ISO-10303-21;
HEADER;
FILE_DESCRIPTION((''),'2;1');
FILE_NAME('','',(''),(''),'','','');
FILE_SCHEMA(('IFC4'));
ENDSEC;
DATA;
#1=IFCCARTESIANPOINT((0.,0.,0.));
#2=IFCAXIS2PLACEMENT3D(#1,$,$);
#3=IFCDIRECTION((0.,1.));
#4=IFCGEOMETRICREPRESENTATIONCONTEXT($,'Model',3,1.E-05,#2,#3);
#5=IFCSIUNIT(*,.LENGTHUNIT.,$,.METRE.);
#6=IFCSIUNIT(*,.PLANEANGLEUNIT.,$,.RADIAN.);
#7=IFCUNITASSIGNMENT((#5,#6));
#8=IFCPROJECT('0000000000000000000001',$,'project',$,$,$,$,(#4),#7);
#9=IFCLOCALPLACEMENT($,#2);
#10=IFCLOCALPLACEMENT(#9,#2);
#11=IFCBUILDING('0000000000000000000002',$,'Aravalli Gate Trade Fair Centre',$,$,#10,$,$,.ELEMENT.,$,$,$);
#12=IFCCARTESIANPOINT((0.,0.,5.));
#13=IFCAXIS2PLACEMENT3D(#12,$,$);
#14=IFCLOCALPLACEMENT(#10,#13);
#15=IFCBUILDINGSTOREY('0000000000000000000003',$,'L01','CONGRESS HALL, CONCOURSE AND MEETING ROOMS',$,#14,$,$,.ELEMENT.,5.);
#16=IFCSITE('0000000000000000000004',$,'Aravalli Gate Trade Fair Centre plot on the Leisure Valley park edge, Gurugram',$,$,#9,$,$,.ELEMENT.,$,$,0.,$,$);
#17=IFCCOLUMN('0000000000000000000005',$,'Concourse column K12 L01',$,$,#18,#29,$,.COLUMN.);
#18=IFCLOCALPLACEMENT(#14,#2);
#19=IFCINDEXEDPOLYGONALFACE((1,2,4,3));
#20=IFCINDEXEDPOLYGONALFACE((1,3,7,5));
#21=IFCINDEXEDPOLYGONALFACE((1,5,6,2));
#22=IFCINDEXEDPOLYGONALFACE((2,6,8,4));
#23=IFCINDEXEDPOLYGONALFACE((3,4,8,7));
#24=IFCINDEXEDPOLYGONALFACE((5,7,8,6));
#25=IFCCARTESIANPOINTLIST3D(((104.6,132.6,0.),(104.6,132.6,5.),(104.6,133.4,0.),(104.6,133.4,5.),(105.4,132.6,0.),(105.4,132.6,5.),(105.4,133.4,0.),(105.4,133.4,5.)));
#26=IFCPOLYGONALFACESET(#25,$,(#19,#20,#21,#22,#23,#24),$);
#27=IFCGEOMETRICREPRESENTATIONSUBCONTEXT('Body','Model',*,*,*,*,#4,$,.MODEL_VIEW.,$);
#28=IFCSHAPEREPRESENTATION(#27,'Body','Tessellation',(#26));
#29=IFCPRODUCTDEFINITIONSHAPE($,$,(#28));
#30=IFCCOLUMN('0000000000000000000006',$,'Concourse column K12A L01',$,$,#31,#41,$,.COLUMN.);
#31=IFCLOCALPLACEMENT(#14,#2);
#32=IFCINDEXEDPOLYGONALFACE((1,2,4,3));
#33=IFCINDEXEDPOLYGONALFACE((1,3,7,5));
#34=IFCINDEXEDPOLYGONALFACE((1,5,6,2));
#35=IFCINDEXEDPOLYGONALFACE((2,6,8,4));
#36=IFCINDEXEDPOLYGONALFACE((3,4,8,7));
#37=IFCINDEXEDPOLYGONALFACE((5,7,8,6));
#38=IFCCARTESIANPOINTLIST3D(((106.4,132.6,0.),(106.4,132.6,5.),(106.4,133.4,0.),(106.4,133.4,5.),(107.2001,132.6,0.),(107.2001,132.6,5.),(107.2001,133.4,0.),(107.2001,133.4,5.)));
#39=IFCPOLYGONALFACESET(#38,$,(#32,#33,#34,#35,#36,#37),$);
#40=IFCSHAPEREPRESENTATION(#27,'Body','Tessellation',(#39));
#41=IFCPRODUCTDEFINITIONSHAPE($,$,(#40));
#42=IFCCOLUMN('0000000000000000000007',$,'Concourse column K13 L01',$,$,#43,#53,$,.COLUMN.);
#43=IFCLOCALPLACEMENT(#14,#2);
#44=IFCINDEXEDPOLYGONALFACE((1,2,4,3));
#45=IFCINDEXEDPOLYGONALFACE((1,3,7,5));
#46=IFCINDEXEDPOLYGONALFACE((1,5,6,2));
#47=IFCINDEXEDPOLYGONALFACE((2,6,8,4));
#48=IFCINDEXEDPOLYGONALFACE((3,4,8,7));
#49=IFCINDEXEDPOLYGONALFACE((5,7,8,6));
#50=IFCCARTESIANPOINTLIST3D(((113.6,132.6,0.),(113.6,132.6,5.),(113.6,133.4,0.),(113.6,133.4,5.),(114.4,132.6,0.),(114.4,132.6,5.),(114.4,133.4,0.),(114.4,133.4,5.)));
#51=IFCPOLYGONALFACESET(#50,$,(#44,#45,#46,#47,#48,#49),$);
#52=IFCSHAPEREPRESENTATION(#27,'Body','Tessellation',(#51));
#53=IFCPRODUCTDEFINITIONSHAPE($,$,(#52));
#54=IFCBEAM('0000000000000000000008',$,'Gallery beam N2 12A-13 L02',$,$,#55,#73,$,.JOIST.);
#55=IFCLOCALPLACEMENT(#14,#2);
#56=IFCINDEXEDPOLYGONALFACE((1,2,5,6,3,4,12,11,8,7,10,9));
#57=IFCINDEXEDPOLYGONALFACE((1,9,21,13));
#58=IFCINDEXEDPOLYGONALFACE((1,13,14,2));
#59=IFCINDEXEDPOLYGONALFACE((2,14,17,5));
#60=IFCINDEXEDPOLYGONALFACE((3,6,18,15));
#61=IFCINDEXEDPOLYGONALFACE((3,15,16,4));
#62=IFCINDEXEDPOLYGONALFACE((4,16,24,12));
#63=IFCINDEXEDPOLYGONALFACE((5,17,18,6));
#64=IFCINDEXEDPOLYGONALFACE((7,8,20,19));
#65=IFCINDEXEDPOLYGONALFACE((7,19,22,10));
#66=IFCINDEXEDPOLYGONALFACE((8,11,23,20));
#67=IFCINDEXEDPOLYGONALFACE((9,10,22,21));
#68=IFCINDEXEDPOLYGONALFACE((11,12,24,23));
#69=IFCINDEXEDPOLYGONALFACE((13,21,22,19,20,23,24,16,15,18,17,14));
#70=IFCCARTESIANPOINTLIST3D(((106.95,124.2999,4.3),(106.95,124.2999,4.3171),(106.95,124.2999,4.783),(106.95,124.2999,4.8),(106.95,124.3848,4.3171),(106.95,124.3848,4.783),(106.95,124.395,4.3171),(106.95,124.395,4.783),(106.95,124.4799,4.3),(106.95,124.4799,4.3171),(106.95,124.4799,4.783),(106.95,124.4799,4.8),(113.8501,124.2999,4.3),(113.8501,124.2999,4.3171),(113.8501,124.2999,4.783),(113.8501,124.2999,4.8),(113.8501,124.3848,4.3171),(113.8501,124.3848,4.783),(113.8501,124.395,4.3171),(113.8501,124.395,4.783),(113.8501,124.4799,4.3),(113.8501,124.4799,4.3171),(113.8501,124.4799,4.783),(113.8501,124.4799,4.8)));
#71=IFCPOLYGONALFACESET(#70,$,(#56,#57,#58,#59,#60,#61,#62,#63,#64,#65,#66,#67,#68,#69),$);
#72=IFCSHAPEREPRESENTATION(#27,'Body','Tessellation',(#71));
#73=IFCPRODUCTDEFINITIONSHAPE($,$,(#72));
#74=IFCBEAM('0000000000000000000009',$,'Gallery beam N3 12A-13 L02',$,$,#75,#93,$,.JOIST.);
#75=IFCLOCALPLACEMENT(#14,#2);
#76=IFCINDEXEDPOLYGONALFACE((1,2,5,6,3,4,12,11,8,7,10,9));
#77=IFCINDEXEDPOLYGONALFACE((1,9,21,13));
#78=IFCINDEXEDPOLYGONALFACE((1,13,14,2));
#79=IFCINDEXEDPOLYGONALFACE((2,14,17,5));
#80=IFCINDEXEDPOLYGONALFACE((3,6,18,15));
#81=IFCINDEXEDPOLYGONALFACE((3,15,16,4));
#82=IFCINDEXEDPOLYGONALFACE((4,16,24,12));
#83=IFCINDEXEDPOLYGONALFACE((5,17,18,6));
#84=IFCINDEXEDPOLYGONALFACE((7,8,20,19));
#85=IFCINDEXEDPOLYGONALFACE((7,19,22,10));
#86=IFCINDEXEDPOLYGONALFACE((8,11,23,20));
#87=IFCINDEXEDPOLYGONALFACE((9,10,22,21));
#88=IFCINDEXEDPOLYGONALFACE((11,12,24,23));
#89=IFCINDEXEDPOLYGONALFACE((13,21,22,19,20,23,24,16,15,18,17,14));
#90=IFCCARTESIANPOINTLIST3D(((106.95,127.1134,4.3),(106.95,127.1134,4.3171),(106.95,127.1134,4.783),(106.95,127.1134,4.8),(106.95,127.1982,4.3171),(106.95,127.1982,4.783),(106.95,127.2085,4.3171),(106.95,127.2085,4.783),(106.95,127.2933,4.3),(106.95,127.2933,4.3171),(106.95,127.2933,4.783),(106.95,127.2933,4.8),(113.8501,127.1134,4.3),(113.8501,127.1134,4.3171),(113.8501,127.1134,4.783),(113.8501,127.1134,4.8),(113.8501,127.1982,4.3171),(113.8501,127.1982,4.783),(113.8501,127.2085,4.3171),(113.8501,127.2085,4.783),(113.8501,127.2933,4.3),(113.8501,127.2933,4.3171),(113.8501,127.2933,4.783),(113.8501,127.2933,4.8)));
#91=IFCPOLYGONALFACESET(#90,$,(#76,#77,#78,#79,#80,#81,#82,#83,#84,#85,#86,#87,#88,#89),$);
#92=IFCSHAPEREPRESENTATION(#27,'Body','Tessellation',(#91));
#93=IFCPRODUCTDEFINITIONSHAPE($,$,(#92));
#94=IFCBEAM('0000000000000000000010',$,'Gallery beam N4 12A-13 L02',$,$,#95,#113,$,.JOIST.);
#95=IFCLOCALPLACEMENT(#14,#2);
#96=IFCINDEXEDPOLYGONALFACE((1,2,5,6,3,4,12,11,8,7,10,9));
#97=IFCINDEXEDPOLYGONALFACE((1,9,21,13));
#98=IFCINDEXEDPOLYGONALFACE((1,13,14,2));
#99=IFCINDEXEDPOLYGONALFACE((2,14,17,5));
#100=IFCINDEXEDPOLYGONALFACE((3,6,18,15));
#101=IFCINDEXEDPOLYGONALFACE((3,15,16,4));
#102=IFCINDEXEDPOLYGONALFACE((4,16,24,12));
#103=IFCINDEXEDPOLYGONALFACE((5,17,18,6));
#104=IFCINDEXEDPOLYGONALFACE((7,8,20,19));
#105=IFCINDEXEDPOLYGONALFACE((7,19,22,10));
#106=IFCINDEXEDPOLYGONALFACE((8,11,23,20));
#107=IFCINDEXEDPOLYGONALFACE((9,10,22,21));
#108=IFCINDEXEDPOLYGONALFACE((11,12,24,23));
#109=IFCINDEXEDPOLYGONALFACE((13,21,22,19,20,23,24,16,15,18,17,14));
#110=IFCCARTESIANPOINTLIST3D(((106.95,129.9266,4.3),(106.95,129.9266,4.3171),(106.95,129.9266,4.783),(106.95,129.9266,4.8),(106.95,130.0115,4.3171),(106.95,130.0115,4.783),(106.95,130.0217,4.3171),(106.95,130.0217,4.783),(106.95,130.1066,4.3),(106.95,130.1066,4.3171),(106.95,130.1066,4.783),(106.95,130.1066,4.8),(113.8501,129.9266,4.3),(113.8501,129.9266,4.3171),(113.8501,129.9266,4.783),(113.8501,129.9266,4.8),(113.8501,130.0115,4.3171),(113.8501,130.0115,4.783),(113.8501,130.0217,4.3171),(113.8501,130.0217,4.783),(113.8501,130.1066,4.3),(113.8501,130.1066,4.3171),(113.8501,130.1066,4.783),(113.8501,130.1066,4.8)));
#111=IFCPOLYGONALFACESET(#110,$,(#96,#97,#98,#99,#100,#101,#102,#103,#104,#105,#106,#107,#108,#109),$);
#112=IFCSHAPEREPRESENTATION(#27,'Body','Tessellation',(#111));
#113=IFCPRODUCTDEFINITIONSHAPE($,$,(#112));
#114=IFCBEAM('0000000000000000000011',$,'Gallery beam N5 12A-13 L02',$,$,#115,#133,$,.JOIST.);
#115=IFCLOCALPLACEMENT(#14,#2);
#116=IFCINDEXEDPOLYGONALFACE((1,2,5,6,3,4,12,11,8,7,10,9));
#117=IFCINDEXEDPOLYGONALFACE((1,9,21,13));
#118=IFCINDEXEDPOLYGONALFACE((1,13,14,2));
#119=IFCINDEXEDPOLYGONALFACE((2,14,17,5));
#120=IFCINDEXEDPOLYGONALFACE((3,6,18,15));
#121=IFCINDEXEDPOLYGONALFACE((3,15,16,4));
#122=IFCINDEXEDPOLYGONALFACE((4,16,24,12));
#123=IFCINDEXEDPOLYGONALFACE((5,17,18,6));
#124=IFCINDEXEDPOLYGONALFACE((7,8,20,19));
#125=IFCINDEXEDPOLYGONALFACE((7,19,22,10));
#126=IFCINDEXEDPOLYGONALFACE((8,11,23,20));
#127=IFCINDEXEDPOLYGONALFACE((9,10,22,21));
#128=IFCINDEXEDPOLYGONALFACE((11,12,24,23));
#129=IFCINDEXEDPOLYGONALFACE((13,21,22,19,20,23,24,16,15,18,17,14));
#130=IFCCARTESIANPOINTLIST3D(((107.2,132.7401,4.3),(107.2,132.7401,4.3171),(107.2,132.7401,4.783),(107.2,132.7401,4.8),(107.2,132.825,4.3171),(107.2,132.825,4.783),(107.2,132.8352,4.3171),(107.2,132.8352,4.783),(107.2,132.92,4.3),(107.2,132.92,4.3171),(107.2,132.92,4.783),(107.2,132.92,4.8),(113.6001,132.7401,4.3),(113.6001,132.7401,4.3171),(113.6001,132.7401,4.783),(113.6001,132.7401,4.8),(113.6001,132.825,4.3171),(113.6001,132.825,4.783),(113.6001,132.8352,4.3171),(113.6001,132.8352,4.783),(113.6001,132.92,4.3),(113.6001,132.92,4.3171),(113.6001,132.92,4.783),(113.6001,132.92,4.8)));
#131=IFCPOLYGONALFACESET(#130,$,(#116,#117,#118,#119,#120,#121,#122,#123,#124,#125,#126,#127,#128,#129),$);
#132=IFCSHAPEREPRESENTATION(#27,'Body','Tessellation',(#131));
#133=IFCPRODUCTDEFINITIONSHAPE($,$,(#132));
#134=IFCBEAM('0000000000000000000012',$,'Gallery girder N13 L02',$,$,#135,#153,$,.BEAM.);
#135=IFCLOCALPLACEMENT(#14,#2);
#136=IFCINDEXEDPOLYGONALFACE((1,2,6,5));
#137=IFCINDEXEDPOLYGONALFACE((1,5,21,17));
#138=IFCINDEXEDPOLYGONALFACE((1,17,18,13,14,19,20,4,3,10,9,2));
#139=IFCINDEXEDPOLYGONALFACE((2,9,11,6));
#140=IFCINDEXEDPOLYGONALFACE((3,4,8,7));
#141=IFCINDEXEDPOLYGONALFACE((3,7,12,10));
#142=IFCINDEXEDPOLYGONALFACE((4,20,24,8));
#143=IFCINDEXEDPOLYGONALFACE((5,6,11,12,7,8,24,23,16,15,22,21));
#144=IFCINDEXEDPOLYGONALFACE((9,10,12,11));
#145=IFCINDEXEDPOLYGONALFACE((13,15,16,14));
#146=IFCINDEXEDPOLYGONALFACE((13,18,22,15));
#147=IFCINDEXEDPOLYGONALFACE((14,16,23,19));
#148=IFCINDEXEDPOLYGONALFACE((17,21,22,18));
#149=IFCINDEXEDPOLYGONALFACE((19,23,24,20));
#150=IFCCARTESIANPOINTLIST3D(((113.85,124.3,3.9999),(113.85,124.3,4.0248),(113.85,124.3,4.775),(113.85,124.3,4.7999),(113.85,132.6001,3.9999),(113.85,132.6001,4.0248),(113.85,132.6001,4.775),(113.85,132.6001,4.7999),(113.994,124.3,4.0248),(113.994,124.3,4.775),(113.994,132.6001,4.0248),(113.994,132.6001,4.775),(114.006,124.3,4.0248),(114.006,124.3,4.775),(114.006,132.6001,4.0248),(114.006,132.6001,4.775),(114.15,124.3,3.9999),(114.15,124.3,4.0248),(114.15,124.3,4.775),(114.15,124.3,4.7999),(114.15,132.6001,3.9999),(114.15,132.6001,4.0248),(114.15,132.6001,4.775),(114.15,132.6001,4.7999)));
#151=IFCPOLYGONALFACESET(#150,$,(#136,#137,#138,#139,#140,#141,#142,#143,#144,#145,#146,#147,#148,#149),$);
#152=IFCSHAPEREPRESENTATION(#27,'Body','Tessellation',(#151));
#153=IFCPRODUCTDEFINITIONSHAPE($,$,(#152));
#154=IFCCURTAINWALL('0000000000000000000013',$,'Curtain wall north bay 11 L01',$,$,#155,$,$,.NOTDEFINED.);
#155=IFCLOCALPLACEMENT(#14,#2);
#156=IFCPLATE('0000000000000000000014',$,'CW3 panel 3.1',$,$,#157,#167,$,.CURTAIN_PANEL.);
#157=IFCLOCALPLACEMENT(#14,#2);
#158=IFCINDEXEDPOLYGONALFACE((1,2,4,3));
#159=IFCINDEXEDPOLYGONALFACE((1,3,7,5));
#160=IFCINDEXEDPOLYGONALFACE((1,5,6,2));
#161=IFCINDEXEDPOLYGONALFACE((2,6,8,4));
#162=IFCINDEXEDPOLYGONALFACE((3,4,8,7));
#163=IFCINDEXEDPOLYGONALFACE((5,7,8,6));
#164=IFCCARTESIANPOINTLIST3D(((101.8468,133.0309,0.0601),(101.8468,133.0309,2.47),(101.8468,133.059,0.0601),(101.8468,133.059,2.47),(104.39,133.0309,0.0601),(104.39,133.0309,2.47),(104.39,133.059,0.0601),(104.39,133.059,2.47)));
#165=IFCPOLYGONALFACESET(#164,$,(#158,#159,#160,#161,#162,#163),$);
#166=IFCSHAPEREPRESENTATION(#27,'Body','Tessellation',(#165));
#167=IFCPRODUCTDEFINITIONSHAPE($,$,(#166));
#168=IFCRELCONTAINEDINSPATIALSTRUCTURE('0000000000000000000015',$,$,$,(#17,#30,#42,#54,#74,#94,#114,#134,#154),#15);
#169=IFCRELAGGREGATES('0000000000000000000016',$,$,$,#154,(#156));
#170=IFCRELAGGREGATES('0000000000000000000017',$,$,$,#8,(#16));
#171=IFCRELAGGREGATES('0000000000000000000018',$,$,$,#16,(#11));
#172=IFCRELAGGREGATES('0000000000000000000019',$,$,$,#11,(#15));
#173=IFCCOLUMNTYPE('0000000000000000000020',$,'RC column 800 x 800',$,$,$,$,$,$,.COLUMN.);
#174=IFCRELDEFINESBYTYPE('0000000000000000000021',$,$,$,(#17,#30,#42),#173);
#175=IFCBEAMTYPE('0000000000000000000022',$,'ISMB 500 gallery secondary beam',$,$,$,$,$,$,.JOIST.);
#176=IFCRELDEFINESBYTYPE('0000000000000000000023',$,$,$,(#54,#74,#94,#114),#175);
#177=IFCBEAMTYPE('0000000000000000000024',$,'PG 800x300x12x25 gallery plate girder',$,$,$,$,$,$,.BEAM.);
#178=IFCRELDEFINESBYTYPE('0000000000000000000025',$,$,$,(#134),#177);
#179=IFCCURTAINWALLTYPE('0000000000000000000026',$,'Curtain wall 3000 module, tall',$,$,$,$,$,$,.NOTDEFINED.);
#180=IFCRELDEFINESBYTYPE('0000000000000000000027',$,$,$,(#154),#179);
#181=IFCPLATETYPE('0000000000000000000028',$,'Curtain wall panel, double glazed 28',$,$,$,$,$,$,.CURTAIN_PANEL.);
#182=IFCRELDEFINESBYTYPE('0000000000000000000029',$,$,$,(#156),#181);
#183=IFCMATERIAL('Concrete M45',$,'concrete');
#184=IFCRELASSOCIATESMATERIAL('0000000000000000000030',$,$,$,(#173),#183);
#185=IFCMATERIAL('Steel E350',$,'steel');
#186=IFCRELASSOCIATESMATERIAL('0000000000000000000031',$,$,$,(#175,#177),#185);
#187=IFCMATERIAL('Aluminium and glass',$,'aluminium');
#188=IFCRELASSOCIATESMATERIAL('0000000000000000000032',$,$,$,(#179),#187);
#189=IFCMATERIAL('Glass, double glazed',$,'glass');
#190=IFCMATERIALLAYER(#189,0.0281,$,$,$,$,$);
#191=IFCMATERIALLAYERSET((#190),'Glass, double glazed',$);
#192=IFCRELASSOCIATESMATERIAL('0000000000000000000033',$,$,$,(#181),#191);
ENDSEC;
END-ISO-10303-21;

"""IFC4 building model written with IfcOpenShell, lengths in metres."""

from ifc_helpers import new_model, si_unit, direction, frame, origin, origin_2d, place, context, subcontext, project, spatial, rectangle, i_section, extrude, material, layer, layer_set, material_profile, profile_set, type_object, element, aggregate, save


model = new_model("IFC4")

# Units and contexts
model_context = context("Model", 3, precision=1e-05, world=origin(), true_north=direction((0.0, 1.0)))
body_context = subcontext(model_context, "Body", "Model", "MODEL_VIEW")
ifc_project = project(units=[si_unit("LENGTHUNIT", "METRE"), si_unit("PLANEANGLEUNIT", "RADIAN")], contexts=[model_context])

# Site, building, storey
site_placement = place(None, origin())
site = spatial("IfcSite", under=ifc_project, at=site_placement, Name="Aravalli Gate Trade Fair Centre plot on the Leisure Valley park edge, Gurugram", CompositionType="ELEMENT", RefElevation=0.0)
building_placement = place(site_placement, origin())
building = spatial("IfcBuilding", under=site, at=building_placement, Name="Aravalli Gate Trade Fair Centre", CompositionType="ELEMENT")
storey_placement = place(building_placement, frame((0.0, 0.0, 5.0)))
storey = spatial("IfcBuildingStorey", under=building, at=storey_placement, Name="L01", Description="CONGRESS HALL, CONCOURSE AND MEETING ROOMS", CompositionType="ELEMENT", Elevation=5.0)

# Columns
ifc_material_1 = material(Name="Concrete M45", Category="concrete")
ifc_material_profile_1 = material_profile(ifc_material_1, rectangle(XDim=0.8, YDim=0.8, at=origin_2d()), Name="RC column 800 x 800")
ifc_profile_set_1 = profile_set([ifc_material_profile_1], Name="Concrete M45")
column_type = type_object("IfcColumnType", Name="RC column 800 x 800", PredefinedType="COLUMN", material=ifc_profile_set_1)
for number, where, z_axis, x_axis, name in (
    (1, (105.0, 133.0, 0.0), (0.0, 0.0, 1.0), (1.0, 0.0, 0.0), "Concourse column K12 L01"),
    (2, (106.8, 133.0, 0.0), (0.0, 0.0, 1.0), (1.0, 0.0, 0.0), "Concourse column K12A L01"),
    (3, (114.0, 133.0, 0.0), (0.0, 0.0, 1.0), (1.0, 0.0, 0.0), "Concourse column K13 L01"),
):
    element("IfcColumn", number, at=place(storey_placement, frame(where, z_axis=z_axis, x_axis=x_axis)), inside=storey, type_object=column_type, Name=name, PredefinedType="COLUMN", context=body_context, shape_type="SweptSolid", body=[
        extrude(rectangle(XDim=0.8, YDim=0.8, at=origin_2d()), origin(), (0.0, 0.0, 1.0), 5.0),
    ])

# Beams
ifc_material_2 = material(Name="Steel E350", Category="steel")
ifc_material_profile_2 = material_profile(ifc_material_2, i_section(OverallWidth=0.1799, OverallDepth=0.5, WebThickness=0.0103, FlangeThickness=0.0171, at=origin_2d()), Name="ISMB 500")
ifc_profile_set_2 = profile_set([ifc_material_profile_2], Name="Steel E350")
beam_type_1 = type_object("IfcBeamType", Name="ISMB 500 gallery secondary beam", PredefinedType="JOIST", material=ifc_profile_set_2)
for number, where, z_axis, x_axis, name in (
    (4, (106.95, 124.3899, 4.55), (1.0, 0.0, 0.0), (0.0, 1.0, 0.0), "Gallery beam N2 12A-13 L02"),
    (5, (106.95, 127.2034, 4.55), (1.0, 0.0, 0.0), (0.0, 1.0, 0.0), "Gallery beam N3 12A-13 L02"),
    (6, (106.95, 130.0166, 4.55), (1.0, 0.0, 0.0), (0.0, 1.0, 0.0), "Gallery beam N4 12A-13 L02"),
):
    element("IfcBeam", number, at=place(storey_placement, frame(where, z_axis=z_axis, x_axis=x_axis)), inside=storey, type_object=beam_type_1, Name=name, PredefinedType="JOIST", context=body_context, shape_type="SweptSolid", body=[
        extrude(i_section(OverallWidth=0.1799, OverallDepth=0.5, WebThickness=0.0103, FlangeThickness=0.0171, at=origin_2d()), origin(), (0.0, 0.0, 1.0), 6.9001),
    ])
beam_1_placement = place(storey_placement, frame((107.2, 132.8301, 4.55), z_axis=(1.0, 0.0, 0.0), x_axis=(0.0, 1.0, 0.0)))
element("IfcBeam", 7, at=beam_1_placement, inside=storey, type_object=beam_type_1, Name="Gallery beam N5 12A-13 L02", PredefinedType="JOIST", context=body_context, shape_type="SweptSolid", body=[
    extrude(i_section(OverallWidth=0.1799, OverallDepth=0.5, WebThickness=0.0103, FlangeThickness=0.0171, at=origin_2d()), origin(), (0.0, 0.0, 1.0), 6.4001),
])
ifc_material_profile_3 = material_profile(ifc_material_2, i_section(OverallWidth=0.3, OverallDepth=0.8, WebThickness=0.012, FlangeThickness=0.0249, at=origin_2d()), Name="PG 800x300x12x25")
ifc_profile_set_3 = profile_set([ifc_material_profile_3], Name="Steel E350")
beam_type_2 = type_object("IfcBeamType", Name="PG 800x300x12x25 gallery plate girder", PredefinedType="BEAM", material=ifc_profile_set_3)
beam_2_placement = place(storey_placement, frame((114.0, 124.3, 4.3999), z_axis=(0.0, 1.0, 0.0), x_axis=(-1.0, 0.0, 0.0)))
element("IfcBeam", 8, at=beam_2_placement, inside=storey, type_object=beam_type_2, Name="Gallery girder N13 L02", PredefinedType="BEAM", context=body_context, shape_type="SweptSolid", body=[
    extrude(i_section(OverallWidth=0.3, OverallDepth=0.8, WebThickness=0.012, FlangeThickness=0.0249, at=origin_2d()), origin(), (0.0, 0.0, 1.0), 8.3),
])

# Curtain wall, plate
ifc_material_3 = material(Name="Aluminium and glass", Category="aluminium")
curtain_wall_type = type_object("IfcCurtainWallType", Name="Curtain wall 3000 module, tall", PredefinedType="NOTDEFINED", material=ifc_material_3)
curtain_wall_placement = place(storey_placement, origin())
curtain_wall = element("IfcCurtainWall", 9, at=curtain_wall_placement, inside=storey, type_object=curtain_wall_type, Name="Curtain wall north bay 11 L01", PredefinedType="NOTDEFINED")
ifc_material_4 = material(Name="Glass, double glazed", Category="glass")
ifc_layer_1 = layer(ifc_material_4, 0.0281)
ifc_layer_set_1 = layer_set([ifc_layer_1], Name="Glass, double glazed")
plate_type = type_object("IfcPlateType", Name="Curtain wall panel, double glazed 28", PredefinedType="CURTAIN_PANEL", material=ifc_layer_set_1)
plate_placement = place(storey_placement, frame((103.1184, 133.0449, 0.0601), z_axis=(0.0, 0.0, 1.0), x_axis=(1.0, 0.0, 0.0)))
plate = element("IfcPlate", 10, at=plate_placement, type_object=plate_type, Name="CW3 panel 3.1", PredefinedType="CURTAIN_PANEL", context=body_context, shape_type="SweptSolid", body=[
    extrude(rectangle(XDim=2.5432, YDim=0.0281, at=origin_2d()), origin(), (0.0, 0.0, 1.0), 2.4099),
])
aggregate(curtain_wall, [plate])

save(model, "model.ifc")
